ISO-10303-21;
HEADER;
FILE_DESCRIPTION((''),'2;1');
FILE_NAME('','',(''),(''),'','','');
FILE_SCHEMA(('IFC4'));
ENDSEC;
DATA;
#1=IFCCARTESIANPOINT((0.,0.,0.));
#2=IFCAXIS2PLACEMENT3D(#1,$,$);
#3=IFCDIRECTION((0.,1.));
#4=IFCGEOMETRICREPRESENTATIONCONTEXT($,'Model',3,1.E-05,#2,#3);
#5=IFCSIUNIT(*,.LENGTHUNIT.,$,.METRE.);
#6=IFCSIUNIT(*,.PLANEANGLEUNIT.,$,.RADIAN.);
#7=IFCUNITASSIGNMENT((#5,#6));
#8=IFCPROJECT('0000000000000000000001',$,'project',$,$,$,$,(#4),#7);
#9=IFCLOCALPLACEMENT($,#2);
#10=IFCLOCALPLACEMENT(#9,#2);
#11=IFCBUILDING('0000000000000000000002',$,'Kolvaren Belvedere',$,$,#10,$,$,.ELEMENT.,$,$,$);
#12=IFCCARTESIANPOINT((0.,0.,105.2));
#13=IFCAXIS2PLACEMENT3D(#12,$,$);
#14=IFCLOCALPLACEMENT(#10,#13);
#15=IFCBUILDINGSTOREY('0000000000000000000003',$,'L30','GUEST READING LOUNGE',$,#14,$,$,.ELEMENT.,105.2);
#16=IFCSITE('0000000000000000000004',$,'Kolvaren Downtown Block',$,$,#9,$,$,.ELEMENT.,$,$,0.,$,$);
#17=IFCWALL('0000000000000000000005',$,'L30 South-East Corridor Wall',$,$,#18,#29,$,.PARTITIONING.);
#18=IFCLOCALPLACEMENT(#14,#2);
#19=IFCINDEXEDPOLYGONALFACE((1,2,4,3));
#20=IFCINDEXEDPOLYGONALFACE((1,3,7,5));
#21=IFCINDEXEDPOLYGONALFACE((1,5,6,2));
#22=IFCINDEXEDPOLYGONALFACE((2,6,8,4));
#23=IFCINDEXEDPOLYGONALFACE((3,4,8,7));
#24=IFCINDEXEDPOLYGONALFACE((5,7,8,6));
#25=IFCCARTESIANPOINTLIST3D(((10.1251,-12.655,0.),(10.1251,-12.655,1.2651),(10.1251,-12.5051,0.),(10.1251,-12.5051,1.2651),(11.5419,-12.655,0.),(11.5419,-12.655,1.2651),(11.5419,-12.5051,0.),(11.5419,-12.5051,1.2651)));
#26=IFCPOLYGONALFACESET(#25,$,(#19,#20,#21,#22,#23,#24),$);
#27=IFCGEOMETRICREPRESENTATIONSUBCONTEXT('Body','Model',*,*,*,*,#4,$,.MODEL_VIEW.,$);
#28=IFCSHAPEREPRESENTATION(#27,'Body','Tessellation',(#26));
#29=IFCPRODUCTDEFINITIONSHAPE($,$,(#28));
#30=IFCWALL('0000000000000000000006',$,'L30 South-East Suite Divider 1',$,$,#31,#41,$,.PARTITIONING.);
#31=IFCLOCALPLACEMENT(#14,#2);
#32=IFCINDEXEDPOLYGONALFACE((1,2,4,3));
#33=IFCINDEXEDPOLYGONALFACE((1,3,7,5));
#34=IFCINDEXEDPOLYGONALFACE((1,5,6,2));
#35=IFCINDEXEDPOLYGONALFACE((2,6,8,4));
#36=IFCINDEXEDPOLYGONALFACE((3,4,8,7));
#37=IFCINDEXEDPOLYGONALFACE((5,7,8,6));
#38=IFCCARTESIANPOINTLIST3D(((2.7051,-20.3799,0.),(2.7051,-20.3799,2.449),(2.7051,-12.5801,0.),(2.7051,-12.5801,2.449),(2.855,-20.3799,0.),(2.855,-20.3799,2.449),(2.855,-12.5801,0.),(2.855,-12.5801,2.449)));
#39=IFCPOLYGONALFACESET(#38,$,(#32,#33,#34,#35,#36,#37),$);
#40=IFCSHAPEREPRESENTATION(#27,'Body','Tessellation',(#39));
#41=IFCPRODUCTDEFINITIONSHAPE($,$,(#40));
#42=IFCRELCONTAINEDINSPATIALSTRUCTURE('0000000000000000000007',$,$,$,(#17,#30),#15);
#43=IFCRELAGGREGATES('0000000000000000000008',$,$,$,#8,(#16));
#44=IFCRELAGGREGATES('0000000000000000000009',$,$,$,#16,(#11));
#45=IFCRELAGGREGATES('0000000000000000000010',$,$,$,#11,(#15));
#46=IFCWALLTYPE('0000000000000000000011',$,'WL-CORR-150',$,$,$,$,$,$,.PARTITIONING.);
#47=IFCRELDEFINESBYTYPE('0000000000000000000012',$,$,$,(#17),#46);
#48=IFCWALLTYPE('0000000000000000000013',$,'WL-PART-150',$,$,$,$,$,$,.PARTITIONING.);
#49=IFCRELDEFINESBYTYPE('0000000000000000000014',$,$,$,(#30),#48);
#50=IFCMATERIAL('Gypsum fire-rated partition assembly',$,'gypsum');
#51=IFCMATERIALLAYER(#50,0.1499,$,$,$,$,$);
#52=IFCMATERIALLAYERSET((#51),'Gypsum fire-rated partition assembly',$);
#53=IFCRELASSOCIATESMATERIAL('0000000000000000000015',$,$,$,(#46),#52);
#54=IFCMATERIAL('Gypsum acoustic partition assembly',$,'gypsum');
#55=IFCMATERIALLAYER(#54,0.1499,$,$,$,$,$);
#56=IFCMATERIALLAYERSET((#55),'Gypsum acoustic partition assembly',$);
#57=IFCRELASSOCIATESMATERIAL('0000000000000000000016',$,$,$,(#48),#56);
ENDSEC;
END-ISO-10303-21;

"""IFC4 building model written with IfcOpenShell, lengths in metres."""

from ifc_helpers import new_model, si_unit, direction, frame, frame_2d, origin, place, context, subcontext, project, spatial, rectangle, extrude, material, layer, layer_set, type_object, element, save


model = new_model("IFC4")

# Units and contexts
model_context = context("Model", 3, precision=1e-05, world=origin(), true_north=direction((0.0, 1.0)))
body_context = subcontext(model_context, "Body", "Model", "MODEL_VIEW")
ifc_project = project(units=[si_unit("LENGTHUNIT", "METRE"), si_unit("PLANEANGLEUNIT", "RADIAN")], contexts=[model_context])

# Site, building, storey
site_placement = place(None, origin())
site = spatial("IfcSite", under=ifc_project, at=site_placement, Name="Kolvaren Downtown Block", CompositionType="ELEMENT", RefElevation=0.0)
building_placement = place(site_placement, origin())
building = spatial("IfcBuilding", under=site, at=building_placement, Name="Kolvaren Belvedere", CompositionType="ELEMENT")
storey_placement = place(building_placement, frame((0.0, 0.0, 105.2)))
storey = spatial("IfcBuildingStorey", under=building, at=storey_placement, Name="L30", Description="GUEST READING LOUNGE", CompositionType="ELEMENT", Elevation=105.2)

# Shared definitions
ifc_material_1 = material(Name="Gypsum fire-rated partition assembly", Category="gypsum")
ifc_layer_1 = layer(ifc_material_1, 0.1499)
ifc_layer_set_1 = layer_set([ifc_layer_1], Name="Gypsum fire-rated partition assembly")
wall_type_1 = type_object("IfcWallType", Name="WL-CORR-150", PredefinedType="PARTITIONING", material=ifc_layer_set_1)

# Walls
wall_1_placement = place(storey_placement, frame((10.125, -12.5801, 0.0), z_axis=(0.0, 0.0, 1.0), x_axis=(1.0, 0.0, 0.0)))
element("IfcWall", 1, at=wall_1_placement, inside=storey, type_object=wall_type_1, Name="L30 South-East Corridor Wall", PredefinedType="PARTITIONING", context=body_context, shape_type="SweptSolid", body=[
    extrude(rectangle(XDim=1.4167, YDim=0.1499, at=frame_2d((0.7085, 0.0))), origin(), (0.0, 0.0, 1.0), 1.2651),
])
ifc_material_2 = material(Name="Gypsum acoustic partition assembly", Category="gypsum")
ifc_layer_2 = layer(ifc_material_2, 0.1499)
ifc_layer_set_2 = layer_set([ifc_layer_2], Name="Gypsum acoustic partition assembly")
wall_type_2 = type_object("IfcWallType", Name="WL-PART-150", PredefinedType="PARTITIONING", material=ifc_layer_set_2)
wall_2_placement = place(storey_placement, frame((2.78, -20.3799, 0.0), z_axis=(0.0, 0.0, 1.0), x_axis=(0.0, 1.0, 0.0)))
element("IfcWall", 2, at=wall_2_placement, inside=storey, type_object=wall_type_2, Name="L30 South-East Suite Divider 1", PredefinedType="PARTITIONING", context=body_context, shape_type="SweptSolid", body=[
    extrude(rectangle(XDim=7.7998, YDim=0.1499, at=frame_2d((3.8999, 0.0))), origin(), (0.0, 0.0, 1.0), 2.449),
])

save(model, "model.ifc")
